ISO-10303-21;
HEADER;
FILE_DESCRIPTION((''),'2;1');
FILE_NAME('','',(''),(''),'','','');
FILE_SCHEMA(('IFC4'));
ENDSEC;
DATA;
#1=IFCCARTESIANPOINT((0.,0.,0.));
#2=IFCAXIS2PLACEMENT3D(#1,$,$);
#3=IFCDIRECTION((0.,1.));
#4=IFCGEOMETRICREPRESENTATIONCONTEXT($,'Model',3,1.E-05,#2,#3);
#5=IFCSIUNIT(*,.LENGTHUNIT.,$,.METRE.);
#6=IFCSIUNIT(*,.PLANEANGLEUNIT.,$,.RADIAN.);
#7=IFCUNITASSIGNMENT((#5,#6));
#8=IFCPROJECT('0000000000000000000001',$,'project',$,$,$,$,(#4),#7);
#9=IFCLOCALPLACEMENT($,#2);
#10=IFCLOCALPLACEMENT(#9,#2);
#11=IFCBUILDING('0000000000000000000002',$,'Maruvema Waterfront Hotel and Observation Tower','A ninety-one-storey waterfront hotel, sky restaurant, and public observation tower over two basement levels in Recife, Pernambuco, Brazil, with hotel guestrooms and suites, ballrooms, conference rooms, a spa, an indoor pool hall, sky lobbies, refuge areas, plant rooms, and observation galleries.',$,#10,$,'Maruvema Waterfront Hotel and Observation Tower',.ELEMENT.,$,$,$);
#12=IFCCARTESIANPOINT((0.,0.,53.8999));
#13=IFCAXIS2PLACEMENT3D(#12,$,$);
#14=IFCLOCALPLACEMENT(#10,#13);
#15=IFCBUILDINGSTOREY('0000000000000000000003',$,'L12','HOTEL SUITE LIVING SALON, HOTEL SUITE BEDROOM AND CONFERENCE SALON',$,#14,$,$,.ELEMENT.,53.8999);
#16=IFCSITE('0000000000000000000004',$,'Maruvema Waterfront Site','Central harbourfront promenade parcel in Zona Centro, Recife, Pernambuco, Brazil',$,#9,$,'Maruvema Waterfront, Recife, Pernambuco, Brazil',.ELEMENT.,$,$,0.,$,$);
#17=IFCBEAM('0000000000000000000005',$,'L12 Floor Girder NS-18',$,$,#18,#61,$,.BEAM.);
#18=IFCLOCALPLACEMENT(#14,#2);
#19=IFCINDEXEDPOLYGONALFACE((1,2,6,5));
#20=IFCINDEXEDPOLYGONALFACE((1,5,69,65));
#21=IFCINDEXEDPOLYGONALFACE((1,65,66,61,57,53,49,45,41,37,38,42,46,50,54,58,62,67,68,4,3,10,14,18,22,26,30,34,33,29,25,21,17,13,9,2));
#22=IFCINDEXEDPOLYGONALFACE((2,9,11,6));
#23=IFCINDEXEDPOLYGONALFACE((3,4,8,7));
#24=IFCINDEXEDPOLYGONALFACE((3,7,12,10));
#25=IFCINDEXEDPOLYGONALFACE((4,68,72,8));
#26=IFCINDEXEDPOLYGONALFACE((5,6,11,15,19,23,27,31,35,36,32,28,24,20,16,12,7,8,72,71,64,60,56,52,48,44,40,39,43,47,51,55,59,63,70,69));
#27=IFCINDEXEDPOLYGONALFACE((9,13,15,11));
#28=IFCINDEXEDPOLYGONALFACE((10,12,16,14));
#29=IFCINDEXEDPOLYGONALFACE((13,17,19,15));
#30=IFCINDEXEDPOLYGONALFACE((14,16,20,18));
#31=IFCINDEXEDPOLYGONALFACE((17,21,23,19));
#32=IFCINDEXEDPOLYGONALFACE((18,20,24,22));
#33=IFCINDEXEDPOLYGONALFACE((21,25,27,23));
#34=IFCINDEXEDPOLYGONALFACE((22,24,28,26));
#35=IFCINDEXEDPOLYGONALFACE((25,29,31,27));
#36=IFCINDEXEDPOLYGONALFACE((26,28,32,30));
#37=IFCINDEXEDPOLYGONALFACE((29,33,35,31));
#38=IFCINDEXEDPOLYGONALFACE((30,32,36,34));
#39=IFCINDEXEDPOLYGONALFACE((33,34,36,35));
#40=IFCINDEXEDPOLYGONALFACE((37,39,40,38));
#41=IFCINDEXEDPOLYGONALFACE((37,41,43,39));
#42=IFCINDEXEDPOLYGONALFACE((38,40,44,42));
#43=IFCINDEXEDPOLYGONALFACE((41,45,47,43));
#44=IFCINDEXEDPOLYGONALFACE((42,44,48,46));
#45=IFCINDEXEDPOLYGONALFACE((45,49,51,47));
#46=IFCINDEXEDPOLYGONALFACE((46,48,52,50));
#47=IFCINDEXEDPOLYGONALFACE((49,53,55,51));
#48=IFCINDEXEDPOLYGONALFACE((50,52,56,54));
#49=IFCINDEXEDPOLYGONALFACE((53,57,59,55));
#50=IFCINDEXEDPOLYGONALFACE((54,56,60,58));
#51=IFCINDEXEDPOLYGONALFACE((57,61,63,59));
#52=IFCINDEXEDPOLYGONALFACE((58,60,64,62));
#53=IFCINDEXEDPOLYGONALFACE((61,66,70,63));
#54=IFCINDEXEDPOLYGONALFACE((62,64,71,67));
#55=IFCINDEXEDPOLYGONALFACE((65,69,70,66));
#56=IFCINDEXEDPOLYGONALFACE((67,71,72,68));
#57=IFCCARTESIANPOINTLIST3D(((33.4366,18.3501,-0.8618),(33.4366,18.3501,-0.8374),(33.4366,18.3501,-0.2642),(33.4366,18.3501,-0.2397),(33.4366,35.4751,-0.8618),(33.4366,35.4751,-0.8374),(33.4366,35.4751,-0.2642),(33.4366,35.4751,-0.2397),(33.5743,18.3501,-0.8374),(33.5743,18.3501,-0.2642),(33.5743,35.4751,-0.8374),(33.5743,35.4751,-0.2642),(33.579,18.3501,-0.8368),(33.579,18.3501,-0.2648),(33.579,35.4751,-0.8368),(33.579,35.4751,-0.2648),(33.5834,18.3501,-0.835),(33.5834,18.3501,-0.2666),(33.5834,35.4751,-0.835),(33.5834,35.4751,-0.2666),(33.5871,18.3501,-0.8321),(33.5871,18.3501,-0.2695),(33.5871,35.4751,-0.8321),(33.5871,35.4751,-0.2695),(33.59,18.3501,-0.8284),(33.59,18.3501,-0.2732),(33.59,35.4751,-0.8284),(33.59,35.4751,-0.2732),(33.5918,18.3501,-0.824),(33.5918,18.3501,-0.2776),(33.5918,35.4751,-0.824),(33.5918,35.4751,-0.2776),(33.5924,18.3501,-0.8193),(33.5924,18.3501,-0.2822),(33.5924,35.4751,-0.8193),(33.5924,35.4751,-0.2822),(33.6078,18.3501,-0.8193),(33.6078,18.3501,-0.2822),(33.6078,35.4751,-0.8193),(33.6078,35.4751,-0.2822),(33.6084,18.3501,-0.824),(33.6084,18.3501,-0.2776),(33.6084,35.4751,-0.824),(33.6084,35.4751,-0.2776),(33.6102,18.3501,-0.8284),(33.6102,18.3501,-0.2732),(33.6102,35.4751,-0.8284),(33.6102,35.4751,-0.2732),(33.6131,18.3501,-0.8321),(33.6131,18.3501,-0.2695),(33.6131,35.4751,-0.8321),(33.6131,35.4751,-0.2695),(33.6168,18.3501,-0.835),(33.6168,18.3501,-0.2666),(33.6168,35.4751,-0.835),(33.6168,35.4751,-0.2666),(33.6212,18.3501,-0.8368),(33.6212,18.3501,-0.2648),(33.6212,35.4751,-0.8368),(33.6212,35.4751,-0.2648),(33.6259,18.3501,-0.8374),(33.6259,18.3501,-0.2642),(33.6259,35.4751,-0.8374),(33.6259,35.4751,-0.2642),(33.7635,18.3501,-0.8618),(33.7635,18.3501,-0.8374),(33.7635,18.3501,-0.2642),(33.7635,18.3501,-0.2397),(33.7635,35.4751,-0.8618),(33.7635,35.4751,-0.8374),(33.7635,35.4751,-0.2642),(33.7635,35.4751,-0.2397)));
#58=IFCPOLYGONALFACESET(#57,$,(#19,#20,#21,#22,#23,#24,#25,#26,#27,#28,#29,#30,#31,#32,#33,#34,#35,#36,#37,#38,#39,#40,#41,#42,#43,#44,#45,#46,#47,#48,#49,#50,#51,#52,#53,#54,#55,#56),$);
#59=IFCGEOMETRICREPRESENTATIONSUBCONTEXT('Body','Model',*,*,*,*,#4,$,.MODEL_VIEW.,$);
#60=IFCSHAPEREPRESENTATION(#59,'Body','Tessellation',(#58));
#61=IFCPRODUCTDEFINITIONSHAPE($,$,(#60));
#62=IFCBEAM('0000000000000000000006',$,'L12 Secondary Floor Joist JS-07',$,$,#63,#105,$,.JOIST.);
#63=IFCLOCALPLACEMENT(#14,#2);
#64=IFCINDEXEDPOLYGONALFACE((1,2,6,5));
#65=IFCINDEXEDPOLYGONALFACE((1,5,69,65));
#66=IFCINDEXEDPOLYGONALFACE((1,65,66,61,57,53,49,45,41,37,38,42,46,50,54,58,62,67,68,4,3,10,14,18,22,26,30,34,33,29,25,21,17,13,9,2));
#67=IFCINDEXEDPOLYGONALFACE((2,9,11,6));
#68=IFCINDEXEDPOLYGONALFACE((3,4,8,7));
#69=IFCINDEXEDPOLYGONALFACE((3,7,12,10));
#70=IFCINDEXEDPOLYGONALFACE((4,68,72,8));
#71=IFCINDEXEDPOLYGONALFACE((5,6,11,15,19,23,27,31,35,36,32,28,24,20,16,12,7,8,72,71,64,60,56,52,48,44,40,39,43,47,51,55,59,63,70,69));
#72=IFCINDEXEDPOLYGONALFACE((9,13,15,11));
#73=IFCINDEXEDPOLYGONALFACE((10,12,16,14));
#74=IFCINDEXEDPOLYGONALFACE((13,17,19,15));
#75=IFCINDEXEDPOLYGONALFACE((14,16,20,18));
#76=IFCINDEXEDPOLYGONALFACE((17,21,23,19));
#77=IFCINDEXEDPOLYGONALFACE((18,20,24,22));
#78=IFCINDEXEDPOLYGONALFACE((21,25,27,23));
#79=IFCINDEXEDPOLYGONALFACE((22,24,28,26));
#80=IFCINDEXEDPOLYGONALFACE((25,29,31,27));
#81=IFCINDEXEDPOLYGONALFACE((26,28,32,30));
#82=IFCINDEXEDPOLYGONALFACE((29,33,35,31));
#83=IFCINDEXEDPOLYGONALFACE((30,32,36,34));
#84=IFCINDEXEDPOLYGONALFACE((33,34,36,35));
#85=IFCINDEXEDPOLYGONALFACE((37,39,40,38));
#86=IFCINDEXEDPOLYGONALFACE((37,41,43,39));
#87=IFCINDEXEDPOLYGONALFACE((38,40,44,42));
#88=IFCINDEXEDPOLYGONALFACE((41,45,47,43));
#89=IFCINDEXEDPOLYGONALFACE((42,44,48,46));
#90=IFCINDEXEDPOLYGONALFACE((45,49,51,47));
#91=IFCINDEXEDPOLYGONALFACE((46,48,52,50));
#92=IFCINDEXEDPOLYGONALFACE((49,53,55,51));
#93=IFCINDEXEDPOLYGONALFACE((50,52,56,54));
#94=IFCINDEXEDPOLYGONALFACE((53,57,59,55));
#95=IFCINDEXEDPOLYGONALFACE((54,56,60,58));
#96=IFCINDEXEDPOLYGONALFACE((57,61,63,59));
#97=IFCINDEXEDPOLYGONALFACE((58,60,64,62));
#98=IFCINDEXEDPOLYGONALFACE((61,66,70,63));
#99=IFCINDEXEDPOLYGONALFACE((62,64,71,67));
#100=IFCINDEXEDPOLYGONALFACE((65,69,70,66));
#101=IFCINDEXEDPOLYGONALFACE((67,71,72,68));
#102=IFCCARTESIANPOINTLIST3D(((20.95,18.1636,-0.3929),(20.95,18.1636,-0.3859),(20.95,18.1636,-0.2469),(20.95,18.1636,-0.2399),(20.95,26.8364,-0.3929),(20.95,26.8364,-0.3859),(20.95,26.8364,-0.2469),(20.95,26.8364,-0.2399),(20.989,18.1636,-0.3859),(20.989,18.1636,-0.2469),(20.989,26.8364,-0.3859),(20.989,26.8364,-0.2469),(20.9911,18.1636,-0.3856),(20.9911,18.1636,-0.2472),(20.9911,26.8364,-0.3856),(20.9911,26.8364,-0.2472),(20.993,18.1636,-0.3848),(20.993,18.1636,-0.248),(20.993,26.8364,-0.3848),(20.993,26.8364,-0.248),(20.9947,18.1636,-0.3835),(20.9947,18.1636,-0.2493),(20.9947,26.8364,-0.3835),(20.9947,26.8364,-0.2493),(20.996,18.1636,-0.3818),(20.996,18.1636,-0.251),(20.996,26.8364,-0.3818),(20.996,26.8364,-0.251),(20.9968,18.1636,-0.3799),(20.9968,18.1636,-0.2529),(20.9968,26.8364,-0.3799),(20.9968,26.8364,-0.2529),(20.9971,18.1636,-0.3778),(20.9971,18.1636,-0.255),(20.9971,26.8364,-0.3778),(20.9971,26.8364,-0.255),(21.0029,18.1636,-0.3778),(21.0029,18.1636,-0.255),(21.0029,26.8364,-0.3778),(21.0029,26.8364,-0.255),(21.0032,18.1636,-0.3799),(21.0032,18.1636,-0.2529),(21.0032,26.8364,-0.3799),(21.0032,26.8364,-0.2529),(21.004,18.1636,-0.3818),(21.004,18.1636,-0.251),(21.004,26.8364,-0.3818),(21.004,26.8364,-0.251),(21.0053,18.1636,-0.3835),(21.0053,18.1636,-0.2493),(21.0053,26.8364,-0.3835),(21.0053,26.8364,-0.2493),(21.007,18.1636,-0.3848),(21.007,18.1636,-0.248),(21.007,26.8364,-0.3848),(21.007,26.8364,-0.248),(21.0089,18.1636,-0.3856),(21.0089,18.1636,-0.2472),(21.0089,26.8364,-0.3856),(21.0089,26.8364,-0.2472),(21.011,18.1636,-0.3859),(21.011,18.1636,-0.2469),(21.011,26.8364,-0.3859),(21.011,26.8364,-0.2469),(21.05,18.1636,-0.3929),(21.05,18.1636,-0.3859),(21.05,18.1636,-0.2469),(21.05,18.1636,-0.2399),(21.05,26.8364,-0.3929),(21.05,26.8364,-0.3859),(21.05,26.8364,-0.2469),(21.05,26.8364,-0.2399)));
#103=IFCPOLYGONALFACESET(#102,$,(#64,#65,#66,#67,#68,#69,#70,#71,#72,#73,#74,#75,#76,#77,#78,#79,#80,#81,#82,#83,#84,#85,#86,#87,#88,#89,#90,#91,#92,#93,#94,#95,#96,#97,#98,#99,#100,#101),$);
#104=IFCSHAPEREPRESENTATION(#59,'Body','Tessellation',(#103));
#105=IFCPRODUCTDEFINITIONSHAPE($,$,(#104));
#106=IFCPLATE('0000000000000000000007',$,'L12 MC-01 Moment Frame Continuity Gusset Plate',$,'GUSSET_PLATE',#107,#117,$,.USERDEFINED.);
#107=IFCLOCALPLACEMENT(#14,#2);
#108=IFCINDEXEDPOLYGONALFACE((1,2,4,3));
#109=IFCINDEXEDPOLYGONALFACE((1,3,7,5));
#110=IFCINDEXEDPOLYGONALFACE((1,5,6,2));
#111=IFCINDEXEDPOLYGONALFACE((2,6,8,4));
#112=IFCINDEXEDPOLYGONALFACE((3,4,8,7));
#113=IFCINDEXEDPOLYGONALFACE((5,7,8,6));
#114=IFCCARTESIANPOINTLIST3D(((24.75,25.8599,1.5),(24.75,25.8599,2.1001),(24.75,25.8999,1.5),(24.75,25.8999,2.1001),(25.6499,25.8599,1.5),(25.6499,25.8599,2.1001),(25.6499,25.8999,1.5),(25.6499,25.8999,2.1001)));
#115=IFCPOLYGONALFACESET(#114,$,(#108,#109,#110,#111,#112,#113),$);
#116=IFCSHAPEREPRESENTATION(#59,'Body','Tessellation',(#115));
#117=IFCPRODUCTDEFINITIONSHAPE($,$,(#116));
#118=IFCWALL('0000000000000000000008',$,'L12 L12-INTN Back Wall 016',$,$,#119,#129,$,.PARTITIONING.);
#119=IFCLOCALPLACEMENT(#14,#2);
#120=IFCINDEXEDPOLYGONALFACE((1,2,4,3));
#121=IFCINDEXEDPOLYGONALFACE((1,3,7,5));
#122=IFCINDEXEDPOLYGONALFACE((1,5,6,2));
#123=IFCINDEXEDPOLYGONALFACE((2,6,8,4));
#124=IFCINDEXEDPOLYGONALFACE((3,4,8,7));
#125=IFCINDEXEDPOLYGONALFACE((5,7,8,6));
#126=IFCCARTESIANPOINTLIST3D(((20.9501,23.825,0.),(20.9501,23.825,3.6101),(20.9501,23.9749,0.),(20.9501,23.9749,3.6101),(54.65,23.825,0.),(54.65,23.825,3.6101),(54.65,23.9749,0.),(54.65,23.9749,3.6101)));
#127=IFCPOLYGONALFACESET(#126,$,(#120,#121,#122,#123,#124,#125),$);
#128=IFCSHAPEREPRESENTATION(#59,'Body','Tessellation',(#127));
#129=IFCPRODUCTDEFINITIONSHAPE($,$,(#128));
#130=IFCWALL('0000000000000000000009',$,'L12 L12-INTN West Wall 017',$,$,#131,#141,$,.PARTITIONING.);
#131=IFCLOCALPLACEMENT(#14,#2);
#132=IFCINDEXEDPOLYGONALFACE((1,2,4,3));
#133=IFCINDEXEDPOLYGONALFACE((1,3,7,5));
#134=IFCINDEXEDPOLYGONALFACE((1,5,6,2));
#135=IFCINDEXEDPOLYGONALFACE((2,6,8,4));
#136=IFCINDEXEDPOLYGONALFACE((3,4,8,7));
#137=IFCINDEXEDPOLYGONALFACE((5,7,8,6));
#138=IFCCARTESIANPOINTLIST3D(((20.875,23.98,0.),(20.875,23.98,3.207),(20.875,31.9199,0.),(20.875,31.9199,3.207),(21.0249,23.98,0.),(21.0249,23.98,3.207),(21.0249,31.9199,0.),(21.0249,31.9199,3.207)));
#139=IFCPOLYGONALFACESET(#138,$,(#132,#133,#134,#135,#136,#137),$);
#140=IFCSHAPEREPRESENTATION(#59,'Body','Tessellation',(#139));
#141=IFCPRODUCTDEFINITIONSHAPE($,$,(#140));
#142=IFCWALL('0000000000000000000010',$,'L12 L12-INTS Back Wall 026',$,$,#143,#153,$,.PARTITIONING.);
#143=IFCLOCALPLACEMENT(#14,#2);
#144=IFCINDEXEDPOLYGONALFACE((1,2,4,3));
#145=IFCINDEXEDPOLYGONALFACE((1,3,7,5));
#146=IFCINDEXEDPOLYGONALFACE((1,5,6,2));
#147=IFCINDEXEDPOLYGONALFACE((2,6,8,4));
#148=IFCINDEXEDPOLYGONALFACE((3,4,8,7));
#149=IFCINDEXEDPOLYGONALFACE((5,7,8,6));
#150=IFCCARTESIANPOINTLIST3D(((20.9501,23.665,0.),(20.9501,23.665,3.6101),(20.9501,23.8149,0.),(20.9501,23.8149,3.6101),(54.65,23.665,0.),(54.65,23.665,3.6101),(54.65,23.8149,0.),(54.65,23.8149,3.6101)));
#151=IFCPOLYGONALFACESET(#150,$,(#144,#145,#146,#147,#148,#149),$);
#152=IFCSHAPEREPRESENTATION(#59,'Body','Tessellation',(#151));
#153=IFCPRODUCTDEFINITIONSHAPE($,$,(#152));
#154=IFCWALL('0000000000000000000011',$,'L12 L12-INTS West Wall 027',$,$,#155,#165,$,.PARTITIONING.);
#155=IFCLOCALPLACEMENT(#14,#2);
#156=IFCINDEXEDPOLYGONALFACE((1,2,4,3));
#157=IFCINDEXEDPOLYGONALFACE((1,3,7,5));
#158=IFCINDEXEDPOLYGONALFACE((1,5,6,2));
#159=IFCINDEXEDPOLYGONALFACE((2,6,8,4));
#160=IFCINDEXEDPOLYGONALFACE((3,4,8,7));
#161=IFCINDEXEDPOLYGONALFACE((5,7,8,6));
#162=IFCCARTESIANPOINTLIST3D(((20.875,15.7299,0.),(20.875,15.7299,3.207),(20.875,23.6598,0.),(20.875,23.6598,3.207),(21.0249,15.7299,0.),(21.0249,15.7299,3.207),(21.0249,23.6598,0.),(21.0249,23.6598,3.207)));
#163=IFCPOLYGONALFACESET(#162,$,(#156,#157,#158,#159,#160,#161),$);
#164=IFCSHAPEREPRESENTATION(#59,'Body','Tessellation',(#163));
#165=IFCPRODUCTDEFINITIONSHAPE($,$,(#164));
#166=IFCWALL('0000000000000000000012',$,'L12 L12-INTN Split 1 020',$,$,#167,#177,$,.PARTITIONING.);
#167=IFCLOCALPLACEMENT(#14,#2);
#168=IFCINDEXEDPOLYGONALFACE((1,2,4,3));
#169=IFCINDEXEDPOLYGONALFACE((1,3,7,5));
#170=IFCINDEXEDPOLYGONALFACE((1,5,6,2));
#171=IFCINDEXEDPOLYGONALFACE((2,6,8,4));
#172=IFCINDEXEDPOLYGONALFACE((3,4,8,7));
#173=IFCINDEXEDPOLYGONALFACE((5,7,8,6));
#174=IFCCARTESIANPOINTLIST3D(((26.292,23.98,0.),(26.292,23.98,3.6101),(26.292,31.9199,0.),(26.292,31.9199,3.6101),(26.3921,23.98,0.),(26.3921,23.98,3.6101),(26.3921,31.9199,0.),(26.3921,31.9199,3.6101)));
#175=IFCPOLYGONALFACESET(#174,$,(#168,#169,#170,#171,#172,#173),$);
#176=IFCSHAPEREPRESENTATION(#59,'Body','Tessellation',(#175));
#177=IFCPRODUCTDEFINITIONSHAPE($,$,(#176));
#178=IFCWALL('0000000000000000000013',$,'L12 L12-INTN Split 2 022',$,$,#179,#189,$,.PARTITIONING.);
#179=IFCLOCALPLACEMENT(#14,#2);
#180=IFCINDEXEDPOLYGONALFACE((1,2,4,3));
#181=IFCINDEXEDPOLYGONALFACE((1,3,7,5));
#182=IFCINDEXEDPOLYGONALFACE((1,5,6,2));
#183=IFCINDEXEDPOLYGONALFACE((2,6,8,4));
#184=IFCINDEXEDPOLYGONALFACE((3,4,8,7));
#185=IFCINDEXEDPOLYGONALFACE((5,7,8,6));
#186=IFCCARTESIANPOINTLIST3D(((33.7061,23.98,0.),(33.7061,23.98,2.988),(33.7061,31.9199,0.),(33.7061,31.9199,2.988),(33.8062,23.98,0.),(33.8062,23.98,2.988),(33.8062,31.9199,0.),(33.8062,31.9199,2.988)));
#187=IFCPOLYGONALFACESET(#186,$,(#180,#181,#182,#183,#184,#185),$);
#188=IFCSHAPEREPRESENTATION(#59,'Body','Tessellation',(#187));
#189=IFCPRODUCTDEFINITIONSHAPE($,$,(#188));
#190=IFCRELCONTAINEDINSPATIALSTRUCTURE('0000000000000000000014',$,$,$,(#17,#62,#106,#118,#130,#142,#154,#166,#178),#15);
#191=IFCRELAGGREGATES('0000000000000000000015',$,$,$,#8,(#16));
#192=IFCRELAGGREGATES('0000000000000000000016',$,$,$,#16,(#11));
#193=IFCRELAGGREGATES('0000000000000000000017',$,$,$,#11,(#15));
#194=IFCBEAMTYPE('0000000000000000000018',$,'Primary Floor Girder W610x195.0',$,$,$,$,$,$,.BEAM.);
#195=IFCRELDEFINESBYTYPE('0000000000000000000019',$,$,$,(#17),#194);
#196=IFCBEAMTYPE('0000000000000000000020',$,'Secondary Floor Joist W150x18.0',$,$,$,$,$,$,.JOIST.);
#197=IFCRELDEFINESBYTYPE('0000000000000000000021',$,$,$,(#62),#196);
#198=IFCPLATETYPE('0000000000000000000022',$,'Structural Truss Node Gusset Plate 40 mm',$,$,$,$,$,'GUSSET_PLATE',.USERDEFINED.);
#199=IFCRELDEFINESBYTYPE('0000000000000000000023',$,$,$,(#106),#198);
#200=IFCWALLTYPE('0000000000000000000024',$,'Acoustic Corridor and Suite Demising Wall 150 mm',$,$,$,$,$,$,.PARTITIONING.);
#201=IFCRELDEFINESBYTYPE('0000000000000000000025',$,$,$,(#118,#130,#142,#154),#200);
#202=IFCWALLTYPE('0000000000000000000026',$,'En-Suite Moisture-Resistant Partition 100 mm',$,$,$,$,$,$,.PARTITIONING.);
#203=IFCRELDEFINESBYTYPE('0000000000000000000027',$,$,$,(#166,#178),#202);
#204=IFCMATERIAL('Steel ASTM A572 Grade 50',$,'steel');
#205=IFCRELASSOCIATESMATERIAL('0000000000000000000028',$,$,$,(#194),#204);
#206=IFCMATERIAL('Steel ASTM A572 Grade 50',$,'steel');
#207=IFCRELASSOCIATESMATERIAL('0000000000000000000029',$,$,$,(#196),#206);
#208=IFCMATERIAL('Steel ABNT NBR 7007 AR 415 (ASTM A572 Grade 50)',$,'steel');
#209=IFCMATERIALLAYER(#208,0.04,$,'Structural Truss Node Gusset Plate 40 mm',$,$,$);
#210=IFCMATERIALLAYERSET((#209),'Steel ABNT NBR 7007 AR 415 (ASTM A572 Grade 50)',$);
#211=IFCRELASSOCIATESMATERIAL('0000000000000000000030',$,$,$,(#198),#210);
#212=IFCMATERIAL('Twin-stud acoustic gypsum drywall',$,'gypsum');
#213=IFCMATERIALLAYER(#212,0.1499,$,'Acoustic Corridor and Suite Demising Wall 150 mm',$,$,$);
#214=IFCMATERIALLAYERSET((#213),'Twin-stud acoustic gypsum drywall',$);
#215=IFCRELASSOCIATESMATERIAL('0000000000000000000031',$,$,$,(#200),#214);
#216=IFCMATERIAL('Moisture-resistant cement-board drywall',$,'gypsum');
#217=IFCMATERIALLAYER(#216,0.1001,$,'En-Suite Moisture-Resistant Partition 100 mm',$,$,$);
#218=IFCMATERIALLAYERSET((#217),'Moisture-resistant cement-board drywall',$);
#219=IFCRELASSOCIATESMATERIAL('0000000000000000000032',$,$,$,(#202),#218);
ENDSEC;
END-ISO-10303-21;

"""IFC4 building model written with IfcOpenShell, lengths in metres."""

from ifc_helpers import new_model, si_unit, direction, frame, frame_2d, origin, origin_2d, place, context, subcontext, project, spatial, rectangle, i_section, extrude, material, layer, layer_set, material_profile, profile_set, type_object, element, save


model = new_model("IFC4")

# Units and contexts
model_context = context("Model", 3, precision=1e-05, world=origin(), true_north=direction((0.0, 1.0)))
body_context = subcontext(model_context, "Body", "Model", "MODEL_VIEW")
ifc_project = project(units=[si_unit("LENGTHUNIT", "METRE"), si_unit("PLANEANGLEUNIT", "RADIAN")], contexts=[model_context])

# Site, building, storey
site_placement = place(None, origin())
site = spatial("IfcSite", under=ifc_project, at=site_placement, Name="Maruvema Waterfront Site", Description="Central harbourfront promenade parcel in Zona Centro, Recife, Pernambuco, Brazil", LongName="Maruvema Waterfront, Recife, Pernambuco, Brazil", CompositionType="ELEMENT", RefElevation=0.0)
building_placement = place(site_placement, origin())
building = spatial("IfcBuilding", under=site, at=building_placement, Name="Maruvema Waterfront Hotel and Observation Tower", Description="A ninety-one-storey waterfront hotel, sky restaurant, and public observation tower over two basement levels in Recife, Pernambuco, Brazil, with hotel guestrooms and suites, ballrooms, conference rooms, a spa, an indoor pool hall, sky lobbies, refuge areas, plant rooms, and observation galleries.", LongName="Maruvema Waterfront Hotel and Observation Tower", CompositionType="ELEMENT")
storey_placement = place(building_placement, frame((0.0, 0.0, 53.8999)))
storey = spatial("IfcBuildingStorey", under=building, at=storey_placement, Name="L12", Description="HOTEL SUITE LIVING SALON, HOTEL SUITE BEDROOM AND CONFERENCE SALON", CompositionType="ELEMENT", Elevation=53.8999)

# Beams
ifc_material_1 = material(Name="Steel ASTM A572 Grade 50", Category="steel")
ifc_material_profile_1 = material_profile(ifc_material_1, i_section(OverallWidth=0.3269, OverallDepth=0.6221, WebThickness=0.0154, FlangeThickness=0.0244, FilletRadius=0.0181, at=origin_2d()), Name="W610x195.0")
ifc_profile_set_1 = profile_set([ifc_material_profile_1], Name="Steel ASTM A572 Grade 50")
beam_type_1 = type_object("IfcBeamType", Name="Primary Floor Girder W610x195.0", PredefinedType="BEAM", material=ifc_profile_set_1)
beam_1_placement = place(storey_placement, frame((33.6001, 18.3501, -0.5508), z_axis=(0.0, 1.0, 0.0), x_axis=(-1.0, 0.0, 0.0)))
element("IfcBeam", 1, at=beam_1_placement, inside=storey, type_object=beam_type_1, Name="L12 Floor Girder NS-18", PredefinedType="BEAM", context=body_context, shape_type="SweptSolid", body=[
    extrude(i_section(OverallWidth=0.3269, OverallDepth=0.6221, WebThickness=0.0154, FlangeThickness=0.0244, FilletRadius=0.0181, at=origin_2d()), origin(), (0.0, 0.0, 1.0), 17.125),
])
ifc_material_2 = material(Name="Steel ASTM A572 Grade 50", Category="steel")
ifc_material_profile_2 = material_profile(ifc_material_2, i_section(OverallWidth=0.1001, OverallDepth=0.1531, WebThickness=0.0059, FlangeThickness=0.0071, FilletRadius=0.0081, at=origin_2d()), Name="W150x18.0")
ifc_profile_set_2 = profile_set([ifc_material_profile_2], Name="Steel ASTM A572 Grade 50")
beam_type_2 = type_object("IfcBeamType", Name="Secondary Floor Joist W150x18.0", PredefinedType="JOIST", material=ifc_profile_set_2)
beam_2_placement = place(storey_placement, frame((21.0, 18.1636, -0.3164), z_axis=(0.0, 1.0, 0.0), x_axis=(-1.0, 0.0, 0.0)))
element("IfcBeam", 2, at=beam_2_placement, inside=storey, type_object=beam_type_2, Name="L12 Secondary Floor Joist JS-07", PredefinedType="JOIST", context=body_context, shape_type="SweptSolid", body=[
    extrude(i_section(OverallWidth=0.1001, OverallDepth=0.1531, WebThickness=0.0059, FlangeThickness=0.0071, FilletRadius=0.0081, at=origin_2d()), origin(), (0.0, 0.0, 1.0), 8.6729),
])

# Plate
ifc_material_3 = material(Name="Steel ABNT NBR 7007 AR 415 (ASTM A572 Grade 50)", Category="steel")
ifc_layer_1 = layer(ifc_material_3, 0.04, Name="Structural Truss Node Gusset Plate 40 mm")
ifc_layer_set_1 = layer_set([ifc_layer_1], Name="Steel ABNT NBR 7007 AR 415 (ASTM A572 Grade 50)")
plate_type = type_object("IfcPlateType", Name="Structural Truss Node Gusset Plate 40 mm", ElementType="GUSSET_PLATE", PredefinedType="USERDEFINED", material=ifc_layer_set_1)
plate_placement = place(storey_placement, frame((25.2, 25.8799, 1.5), z_axis=(0.0, 0.0, 1.0), x_axis=(1.0, 0.0, 0.0)))
element("IfcPlate", 3, at=plate_placement, inside=storey, type_object=plate_type, Name="L12 MC-01 Moment Frame Continuity Gusset Plate", ObjectType="GUSSET_PLATE", PredefinedType="USERDEFINED", context=body_context, shape_type="SweptSolid", body=[
    extrude(rectangle(XDim=0.8999, YDim=0.04, at=origin_2d()), origin(), (0.0, 0.0, 1.0), 0.6001),
])

# Walls
ifc_material_4 = material(Name="Twin-stud acoustic gypsum drywall", Category="gypsum")
ifc_layer_2 = layer(ifc_material_4, 0.1499, Name="Acoustic Corridor and Suite Demising Wall 150 mm")
ifc_layer_set_2 = layer_set([ifc_layer_2], Name="Twin-stud acoustic gypsum drywall")
wall_type_1 = type_object("IfcWallType", Name="Acoustic Corridor and Suite Demising Wall 150 mm", PredefinedType="PARTITIONING", material=ifc_layer_set_2)
wall_1_placement = place(storey_placement, frame((20.95, 23.8999, 0.0), z_axis=(0.0, 0.0, 1.0), x_axis=(1.0, 0.0, 0.0)))
element("IfcWall", 4, at=wall_1_placement, inside=storey, type_object=wall_type_1, Name="L12 L12-INTN Back Wall 016", PredefinedType="PARTITIONING", context=body_context, shape_type="SweptSolid", body=[
    extrude(rectangle(XDim=33.7, YDim=0.1499, at=frame_2d((16.8501, 0.0))), origin(), (0.0, 0.0, 1.0), 3.6101),
])
wall_2_placement = place(storey_placement, frame((20.95, 23.98, 0.0), z_axis=(0.0, 0.0, 1.0), x_axis=(0.0, 1.0, 0.0)))
element("IfcWall", 5, at=wall_2_placement, inside=storey, type_object=wall_type_1, Name="L12 L12-INTN West Wall 017", PredefinedType="PARTITIONING", context=body_context, shape_type="SweptSolid", body=[
    extrude(rectangle(XDim=7.9399, YDim=0.1499, at=frame_2d((3.97, 0.0))), origin(), (0.0, 0.0, 1.0), 3.207),
])
wall_3_placement = place(storey_placement, frame((20.95, 23.74, 0.0), z_axis=(0.0, 0.0, 1.0), x_axis=(1.0, 0.0, 0.0)))
element("IfcWall", 6, at=wall_3_placement, inside=storey, type_object=wall_type_1, Name="L12 L12-INTS Back Wall 026", PredefinedType="PARTITIONING", context=body_context, shape_type="SweptSolid", body=[
    extrude(rectangle(XDim=33.7, YDim=0.1499, at=frame_2d((16.8501, 0.0))), origin(), (0.0, 0.0, 1.0), 3.6101),
])
wall_4_placement = place(storey_placement, frame((20.95, 15.73, 0.0), z_axis=(0.0, 0.0, 1.0), x_axis=(0.0, 1.0, 0.0)))
element("IfcWall", 7, at=wall_4_placement, inside=storey, type_object=wall_type_1, Name="L12 L12-INTS West Wall 027", PredefinedType="PARTITIONING", context=body_context, shape_type="SweptSolid", body=[
    extrude(rectangle(XDim=7.9299, YDim=0.1499, at=frame_2d((3.9648, 0.0))), origin(), (0.0, 0.0, 1.0), 3.207),
])

# Walls
ifc_material_5 = material(Name="Moisture-resistant cement-board drywall", Category="gypsum")
ifc_layer_3 = layer(ifc_material_5, 0.1001, Name="En-Suite Moisture-Resistant Partition 100 mm")
ifc_layer_set_3 = layer_set([ifc_layer_3], Name="Moisture-resistant cement-board drywall")
wall_type_2 = type_object("IfcWallType", Name="En-Suite Moisture-Resistant Partition 100 mm", PredefinedType="PARTITIONING", material=ifc_layer_set_3)
wall_5_placement = place(storey_placement, frame((26.342, 23.98, 0.0), z_axis=(0.0, 0.0, 1.0), x_axis=(0.0, 1.0, 0.0)))
element("IfcWall", 8, at=wall_5_placement, inside=storey, type_object=wall_type_2, Name="L12 L12-INTN Split 1 020", PredefinedType="PARTITIONING", context=body_context, shape_type="SweptSolid", body=[
    extrude(rectangle(XDim=7.9399, YDim=0.1001, at=frame_2d((3.97, 0.0))), origin(), (0.0, 0.0, 1.0), 3.6101),
])
wall_6_placement = place(storey_placement, frame((33.7561, 23.98, 0.0), z_axis=(0.0, 0.0, 1.0), x_axis=(0.0, 1.0, 0.0)))
element("IfcWall", 9, at=wall_6_placement, inside=storey, type_object=wall_type_2, Name="L12 L12-INTN Split 2 022", PredefinedType="PARTITIONING", context=body_context, shape_type="SweptSolid", body=[
    extrude(rectangle(XDim=7.9399, YDim=0.1001, at=frame_2d((3.97, 0.0))), origin(), (0.0, 0.0, 1.0), 2.988),
])

save(model, "model.ifc")
